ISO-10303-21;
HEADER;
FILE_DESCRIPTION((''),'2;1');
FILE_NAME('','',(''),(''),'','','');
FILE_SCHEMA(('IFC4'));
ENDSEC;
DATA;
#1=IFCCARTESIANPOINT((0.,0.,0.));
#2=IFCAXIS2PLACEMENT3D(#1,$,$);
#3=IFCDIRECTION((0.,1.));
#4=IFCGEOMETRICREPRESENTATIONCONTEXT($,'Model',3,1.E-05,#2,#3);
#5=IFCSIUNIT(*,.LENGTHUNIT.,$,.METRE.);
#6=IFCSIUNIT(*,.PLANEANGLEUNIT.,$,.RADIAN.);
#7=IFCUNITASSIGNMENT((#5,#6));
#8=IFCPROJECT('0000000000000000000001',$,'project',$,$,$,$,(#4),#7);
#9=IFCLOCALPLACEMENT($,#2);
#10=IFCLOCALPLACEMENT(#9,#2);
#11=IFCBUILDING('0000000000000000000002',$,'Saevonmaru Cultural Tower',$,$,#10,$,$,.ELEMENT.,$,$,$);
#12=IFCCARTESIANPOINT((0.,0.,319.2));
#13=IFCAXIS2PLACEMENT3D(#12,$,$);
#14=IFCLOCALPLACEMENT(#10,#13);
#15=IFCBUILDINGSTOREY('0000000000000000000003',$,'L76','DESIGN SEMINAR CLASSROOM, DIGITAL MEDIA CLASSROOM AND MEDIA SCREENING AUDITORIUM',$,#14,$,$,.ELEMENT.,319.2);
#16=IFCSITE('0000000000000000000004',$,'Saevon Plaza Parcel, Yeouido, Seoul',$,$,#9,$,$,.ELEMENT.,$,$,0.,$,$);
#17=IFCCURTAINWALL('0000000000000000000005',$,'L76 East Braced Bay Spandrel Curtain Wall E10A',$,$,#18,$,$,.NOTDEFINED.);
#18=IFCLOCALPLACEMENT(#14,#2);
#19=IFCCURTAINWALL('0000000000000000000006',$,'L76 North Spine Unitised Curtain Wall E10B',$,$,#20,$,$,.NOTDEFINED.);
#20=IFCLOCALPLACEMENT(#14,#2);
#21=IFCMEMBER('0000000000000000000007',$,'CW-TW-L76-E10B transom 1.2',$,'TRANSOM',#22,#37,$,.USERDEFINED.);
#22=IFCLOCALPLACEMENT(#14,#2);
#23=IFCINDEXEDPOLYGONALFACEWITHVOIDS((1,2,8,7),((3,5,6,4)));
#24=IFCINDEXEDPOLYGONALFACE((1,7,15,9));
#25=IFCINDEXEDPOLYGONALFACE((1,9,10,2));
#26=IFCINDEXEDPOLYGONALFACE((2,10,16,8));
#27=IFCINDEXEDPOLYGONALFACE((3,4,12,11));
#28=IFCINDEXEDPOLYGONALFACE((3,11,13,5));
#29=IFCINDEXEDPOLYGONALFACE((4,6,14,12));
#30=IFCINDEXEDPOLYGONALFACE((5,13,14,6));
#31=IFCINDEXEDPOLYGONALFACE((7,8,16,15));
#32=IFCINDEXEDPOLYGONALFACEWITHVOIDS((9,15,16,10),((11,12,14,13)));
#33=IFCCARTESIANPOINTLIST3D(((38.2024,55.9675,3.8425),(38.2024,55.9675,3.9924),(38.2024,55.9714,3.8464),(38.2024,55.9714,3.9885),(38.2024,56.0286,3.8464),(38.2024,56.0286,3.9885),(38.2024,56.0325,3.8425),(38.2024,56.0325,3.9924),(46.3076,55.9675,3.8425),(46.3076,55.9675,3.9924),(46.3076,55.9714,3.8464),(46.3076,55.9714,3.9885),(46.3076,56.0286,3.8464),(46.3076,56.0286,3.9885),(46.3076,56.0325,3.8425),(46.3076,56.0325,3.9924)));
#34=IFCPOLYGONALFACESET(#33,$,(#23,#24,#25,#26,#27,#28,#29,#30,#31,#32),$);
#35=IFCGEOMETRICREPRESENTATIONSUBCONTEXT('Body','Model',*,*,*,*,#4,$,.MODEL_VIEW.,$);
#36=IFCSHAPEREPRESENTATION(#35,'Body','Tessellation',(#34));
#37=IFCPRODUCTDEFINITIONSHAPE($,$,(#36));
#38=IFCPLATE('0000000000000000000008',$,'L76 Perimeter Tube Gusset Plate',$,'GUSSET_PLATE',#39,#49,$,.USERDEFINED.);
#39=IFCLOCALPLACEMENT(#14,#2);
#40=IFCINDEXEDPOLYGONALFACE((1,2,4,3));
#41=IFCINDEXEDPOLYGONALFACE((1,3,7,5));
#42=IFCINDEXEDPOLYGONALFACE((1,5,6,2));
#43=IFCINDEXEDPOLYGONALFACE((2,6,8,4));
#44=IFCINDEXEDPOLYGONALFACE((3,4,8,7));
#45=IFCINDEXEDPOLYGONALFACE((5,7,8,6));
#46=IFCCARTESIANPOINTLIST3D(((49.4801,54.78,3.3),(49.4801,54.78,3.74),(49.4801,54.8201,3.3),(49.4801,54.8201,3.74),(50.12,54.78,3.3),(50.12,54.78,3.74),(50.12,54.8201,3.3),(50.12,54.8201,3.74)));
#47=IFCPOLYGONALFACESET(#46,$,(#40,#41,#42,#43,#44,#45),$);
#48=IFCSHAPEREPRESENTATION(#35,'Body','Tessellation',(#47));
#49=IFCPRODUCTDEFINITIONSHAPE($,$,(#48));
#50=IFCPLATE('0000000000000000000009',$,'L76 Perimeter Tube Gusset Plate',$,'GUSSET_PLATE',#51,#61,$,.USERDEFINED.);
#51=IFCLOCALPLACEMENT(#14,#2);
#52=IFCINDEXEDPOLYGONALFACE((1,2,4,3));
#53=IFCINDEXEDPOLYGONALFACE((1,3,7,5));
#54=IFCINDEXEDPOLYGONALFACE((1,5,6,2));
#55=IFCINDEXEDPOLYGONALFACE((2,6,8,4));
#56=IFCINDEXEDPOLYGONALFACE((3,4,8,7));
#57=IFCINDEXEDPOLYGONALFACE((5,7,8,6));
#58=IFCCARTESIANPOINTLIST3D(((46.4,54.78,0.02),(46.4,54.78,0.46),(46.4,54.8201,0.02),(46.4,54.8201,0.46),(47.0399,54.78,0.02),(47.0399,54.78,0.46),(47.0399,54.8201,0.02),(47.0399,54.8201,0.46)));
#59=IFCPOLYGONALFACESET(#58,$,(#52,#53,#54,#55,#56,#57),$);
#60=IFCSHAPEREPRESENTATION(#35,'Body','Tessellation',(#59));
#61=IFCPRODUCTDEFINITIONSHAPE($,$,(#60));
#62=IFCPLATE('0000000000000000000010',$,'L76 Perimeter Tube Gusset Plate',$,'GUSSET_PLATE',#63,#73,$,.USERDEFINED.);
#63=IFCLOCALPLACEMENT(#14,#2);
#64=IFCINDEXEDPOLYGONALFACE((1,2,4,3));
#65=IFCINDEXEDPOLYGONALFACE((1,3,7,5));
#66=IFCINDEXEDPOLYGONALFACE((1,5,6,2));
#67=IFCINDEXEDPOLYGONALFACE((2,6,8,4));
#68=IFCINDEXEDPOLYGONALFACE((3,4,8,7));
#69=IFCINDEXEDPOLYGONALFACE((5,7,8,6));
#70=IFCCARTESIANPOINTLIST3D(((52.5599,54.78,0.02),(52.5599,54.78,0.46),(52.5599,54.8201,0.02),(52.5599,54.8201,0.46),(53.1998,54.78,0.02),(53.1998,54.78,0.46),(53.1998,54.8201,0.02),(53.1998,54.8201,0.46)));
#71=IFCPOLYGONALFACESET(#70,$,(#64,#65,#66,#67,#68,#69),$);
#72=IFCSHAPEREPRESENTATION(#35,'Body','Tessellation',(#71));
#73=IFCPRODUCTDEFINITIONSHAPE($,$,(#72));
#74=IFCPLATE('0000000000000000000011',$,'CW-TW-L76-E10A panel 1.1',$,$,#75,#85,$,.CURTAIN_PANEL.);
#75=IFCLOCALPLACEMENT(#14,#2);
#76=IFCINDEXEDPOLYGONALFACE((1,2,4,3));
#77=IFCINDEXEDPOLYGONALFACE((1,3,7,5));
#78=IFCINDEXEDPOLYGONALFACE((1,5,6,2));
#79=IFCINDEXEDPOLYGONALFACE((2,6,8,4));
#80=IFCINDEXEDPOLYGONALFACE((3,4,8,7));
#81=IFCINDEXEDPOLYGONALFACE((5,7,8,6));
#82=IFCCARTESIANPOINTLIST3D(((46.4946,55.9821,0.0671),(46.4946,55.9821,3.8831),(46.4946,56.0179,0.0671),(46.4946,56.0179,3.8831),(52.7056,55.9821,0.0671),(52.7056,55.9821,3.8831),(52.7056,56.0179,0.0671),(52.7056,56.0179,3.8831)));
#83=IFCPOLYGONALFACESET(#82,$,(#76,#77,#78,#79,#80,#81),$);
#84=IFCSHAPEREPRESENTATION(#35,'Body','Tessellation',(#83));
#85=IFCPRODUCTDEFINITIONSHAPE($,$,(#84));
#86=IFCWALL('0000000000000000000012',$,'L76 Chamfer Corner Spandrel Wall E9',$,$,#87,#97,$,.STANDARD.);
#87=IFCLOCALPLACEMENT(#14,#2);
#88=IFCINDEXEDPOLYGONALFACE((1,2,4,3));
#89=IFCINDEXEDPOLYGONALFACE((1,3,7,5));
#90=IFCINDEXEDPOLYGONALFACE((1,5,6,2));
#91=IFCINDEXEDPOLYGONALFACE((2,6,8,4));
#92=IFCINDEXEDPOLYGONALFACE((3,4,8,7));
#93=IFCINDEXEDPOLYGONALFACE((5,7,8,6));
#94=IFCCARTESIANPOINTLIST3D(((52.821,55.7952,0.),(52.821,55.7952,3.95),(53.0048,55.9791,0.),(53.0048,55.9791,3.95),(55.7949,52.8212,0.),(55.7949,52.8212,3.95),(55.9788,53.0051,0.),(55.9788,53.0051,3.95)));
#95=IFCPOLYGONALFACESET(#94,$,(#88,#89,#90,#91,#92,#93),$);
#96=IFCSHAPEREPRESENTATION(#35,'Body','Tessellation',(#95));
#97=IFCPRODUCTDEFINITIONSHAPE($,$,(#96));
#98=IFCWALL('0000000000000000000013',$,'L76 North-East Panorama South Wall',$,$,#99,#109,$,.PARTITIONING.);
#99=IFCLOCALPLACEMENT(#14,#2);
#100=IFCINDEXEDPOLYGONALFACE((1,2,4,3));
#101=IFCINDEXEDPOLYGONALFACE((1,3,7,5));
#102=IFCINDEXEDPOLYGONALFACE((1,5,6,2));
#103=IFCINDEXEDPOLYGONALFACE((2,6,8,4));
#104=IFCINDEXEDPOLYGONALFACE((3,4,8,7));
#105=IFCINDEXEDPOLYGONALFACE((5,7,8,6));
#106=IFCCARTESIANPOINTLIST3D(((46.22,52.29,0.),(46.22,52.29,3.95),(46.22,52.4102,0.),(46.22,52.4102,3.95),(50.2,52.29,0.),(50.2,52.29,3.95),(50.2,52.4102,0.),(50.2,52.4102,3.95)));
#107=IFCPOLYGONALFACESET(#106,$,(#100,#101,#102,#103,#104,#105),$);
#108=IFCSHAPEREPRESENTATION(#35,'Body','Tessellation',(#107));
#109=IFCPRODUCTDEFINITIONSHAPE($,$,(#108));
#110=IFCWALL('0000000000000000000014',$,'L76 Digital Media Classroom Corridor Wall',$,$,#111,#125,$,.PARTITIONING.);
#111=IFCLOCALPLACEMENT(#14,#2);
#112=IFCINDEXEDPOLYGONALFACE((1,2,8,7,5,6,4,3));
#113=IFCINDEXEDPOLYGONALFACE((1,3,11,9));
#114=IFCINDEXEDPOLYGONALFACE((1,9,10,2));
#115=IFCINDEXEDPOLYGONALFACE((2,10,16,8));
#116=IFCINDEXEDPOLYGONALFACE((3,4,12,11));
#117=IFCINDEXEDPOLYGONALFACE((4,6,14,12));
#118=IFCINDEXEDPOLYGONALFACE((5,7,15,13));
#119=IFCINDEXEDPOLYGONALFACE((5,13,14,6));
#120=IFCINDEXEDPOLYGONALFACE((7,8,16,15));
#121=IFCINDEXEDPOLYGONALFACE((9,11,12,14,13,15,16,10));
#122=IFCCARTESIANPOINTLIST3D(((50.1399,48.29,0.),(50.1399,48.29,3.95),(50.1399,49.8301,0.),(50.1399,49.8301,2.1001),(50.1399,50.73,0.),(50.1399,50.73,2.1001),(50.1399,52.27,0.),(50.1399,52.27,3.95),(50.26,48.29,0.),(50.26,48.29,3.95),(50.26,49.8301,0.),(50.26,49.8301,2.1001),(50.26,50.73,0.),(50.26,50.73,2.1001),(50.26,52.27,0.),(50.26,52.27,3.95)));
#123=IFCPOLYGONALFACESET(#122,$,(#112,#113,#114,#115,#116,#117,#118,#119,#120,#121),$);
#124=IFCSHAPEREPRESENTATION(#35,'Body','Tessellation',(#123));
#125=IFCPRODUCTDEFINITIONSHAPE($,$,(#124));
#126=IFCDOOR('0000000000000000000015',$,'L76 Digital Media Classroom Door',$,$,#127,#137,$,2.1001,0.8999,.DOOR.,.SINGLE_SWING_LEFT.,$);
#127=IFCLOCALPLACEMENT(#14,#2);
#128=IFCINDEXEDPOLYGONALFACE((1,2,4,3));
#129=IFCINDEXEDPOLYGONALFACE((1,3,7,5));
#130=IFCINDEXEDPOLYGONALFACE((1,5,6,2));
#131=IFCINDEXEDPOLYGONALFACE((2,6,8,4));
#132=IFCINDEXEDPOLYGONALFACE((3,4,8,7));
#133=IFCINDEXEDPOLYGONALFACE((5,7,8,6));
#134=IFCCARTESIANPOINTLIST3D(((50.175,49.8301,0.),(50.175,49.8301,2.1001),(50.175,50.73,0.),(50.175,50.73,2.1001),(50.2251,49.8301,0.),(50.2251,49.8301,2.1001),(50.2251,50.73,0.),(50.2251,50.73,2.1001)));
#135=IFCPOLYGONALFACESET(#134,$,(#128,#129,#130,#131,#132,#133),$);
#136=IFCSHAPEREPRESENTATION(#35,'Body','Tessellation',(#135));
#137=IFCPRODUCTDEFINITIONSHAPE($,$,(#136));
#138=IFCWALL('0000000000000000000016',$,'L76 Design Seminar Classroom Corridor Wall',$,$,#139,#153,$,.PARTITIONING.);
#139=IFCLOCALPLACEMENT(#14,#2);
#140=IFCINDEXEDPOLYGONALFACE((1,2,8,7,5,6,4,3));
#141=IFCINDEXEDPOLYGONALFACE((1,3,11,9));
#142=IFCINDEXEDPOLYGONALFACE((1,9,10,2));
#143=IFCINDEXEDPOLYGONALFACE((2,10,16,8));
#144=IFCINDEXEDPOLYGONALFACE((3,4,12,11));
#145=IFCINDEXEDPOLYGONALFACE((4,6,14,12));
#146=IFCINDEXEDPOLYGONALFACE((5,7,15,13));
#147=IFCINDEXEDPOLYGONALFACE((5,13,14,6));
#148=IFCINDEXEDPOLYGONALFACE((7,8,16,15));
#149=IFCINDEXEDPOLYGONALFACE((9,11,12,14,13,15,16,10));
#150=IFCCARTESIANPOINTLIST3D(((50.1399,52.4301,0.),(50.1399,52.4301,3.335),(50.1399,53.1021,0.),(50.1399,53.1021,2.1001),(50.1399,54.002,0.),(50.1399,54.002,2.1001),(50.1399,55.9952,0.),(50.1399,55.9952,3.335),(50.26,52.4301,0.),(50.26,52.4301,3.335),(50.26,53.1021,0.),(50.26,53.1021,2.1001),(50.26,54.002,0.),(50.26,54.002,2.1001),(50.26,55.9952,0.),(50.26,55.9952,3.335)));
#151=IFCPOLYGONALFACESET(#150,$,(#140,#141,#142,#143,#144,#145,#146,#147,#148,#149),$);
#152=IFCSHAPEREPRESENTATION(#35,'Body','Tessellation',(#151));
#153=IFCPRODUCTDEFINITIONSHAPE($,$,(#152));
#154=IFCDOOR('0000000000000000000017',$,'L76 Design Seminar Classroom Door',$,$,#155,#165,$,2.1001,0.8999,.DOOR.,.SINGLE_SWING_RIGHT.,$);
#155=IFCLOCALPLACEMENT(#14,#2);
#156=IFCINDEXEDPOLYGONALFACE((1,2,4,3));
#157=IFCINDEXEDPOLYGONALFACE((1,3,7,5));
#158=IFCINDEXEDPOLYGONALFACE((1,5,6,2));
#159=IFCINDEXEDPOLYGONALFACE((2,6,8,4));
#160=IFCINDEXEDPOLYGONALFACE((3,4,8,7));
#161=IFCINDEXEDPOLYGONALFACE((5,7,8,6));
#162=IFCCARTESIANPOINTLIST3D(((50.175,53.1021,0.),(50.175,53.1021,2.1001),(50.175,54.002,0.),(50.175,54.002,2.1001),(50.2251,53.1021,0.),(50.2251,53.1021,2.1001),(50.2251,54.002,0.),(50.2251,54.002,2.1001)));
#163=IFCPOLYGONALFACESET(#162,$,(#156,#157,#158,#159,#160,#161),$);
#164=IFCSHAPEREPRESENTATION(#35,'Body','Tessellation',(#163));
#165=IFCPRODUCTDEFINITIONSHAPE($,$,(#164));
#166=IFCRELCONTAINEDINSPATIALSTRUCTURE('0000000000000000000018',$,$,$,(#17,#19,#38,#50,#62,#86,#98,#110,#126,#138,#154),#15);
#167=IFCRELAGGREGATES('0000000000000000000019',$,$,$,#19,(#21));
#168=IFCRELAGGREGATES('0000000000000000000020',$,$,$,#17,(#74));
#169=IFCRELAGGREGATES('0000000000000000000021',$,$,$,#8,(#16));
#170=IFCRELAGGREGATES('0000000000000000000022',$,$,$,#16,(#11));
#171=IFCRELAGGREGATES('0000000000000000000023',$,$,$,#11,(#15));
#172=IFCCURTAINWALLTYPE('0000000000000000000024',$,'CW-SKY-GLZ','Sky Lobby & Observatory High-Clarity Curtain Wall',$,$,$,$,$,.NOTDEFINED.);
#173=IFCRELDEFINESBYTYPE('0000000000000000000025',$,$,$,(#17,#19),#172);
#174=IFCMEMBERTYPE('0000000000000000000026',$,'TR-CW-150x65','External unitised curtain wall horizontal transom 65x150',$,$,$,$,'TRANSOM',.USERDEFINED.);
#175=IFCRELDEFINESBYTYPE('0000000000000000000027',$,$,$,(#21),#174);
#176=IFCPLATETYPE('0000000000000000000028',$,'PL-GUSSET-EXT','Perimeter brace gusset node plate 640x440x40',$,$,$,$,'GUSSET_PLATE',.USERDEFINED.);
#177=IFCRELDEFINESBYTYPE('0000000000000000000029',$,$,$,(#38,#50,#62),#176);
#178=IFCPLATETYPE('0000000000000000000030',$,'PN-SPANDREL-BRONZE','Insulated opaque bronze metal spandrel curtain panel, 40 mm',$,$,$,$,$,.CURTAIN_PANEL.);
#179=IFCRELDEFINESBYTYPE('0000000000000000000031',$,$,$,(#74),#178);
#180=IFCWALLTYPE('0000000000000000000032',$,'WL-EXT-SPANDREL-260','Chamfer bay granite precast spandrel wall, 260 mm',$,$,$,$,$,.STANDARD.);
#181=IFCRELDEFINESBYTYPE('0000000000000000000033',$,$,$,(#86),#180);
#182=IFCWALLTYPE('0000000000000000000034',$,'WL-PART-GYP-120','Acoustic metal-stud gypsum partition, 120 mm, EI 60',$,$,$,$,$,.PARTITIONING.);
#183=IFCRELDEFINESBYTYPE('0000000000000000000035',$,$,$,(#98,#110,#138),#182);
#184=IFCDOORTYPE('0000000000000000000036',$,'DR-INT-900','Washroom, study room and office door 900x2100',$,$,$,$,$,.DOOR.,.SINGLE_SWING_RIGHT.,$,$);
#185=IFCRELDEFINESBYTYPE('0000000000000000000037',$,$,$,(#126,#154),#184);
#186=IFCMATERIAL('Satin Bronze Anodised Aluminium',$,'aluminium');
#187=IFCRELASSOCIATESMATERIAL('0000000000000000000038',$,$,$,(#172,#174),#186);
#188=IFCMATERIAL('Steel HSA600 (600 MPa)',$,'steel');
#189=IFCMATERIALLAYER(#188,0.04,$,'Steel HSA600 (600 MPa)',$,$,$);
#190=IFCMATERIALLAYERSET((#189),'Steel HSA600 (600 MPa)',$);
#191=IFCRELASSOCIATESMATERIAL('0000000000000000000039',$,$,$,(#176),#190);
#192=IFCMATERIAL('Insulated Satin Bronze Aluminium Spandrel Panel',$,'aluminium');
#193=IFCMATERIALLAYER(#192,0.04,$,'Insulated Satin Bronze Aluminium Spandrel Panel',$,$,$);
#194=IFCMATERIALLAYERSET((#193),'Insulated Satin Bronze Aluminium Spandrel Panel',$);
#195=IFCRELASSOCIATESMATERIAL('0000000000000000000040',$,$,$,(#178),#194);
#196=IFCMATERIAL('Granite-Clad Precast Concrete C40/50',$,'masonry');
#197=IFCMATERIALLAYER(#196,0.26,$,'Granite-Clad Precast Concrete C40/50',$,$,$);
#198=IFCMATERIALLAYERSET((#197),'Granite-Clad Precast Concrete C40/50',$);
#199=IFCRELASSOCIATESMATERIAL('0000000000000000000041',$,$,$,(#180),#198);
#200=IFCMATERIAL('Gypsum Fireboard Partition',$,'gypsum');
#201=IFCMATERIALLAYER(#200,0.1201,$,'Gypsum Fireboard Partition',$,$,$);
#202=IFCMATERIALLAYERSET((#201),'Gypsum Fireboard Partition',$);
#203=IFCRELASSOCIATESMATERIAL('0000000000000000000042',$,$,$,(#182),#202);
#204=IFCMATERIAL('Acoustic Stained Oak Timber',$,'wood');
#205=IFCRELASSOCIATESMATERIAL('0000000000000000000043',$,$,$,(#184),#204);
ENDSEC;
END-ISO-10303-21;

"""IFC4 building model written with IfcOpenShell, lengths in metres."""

from ifc_helpers import new_model, si_unit, direction, frame, frame_2d, origin, origin_2d, place, context, subcontext, project, spatial, rectangle, hollow_rectangle, extrude, material, layer, layer_set, material_profile, profile_set, type_object, element, fill, aggregate, save


model = new_model("IFC4")

# Units and contexts
model_context = context("Model", 3, precision=1e-05, world=origin(), true_north=direction((0.0, 1.0)))
body_context = subcontext(model_context, "Body", "Model", "MODEL_VIEW")
ifc_project = project(units=[si_unit("LENGTHUNIT", "METRE"), si_unit("PLANEANGLEUNIT", "RADIAN")], contexts=[model_context])

# Site, building, storey
site_placement = place(None, origin())
site = spatial("IfcSite", under=ifc_project, at=site_placement, Name="Saevon Plaza Parcel, Yeouido, Seoul", CompositionType="ELEMENT", RefElevation=0.0)
building_placement = place(site_placement, origin())
building = spatial("IfcBuilding", under=site, at=building_placement, Name="Saevonmaru Cultural Tower", CompositionType="ELEMENT")
storey_placement = place(building_placement, frame((0.0, 0.0, 319.2)))
storey = spatial("IfcBuildingStorey", under=building, at=storey_placement, Name="L76", Description="DESIGN SEMINAR CLASSROOM, DIGITAL MEDIA CLASSROOM AND MEDIA SCREENING AUDITORIUM", CompositionType="ELEMENT", Elevation=319.2)

# Shared definitions
ifc_material_1 = material(Name="Satin Bronze Anodised Aluminium", Category="aluminium")
curtain_wall_type = type_object("IfcCurtainWallType", Name="CW-SKY-GLZ", Description="Sky Lobby & Observatory High-Clarity Curtain Wall", PredefinedType="NOTDEFINED", material=ifc_material_1)

# Curtain wall
curtain_wall_1_placement = place(storey_placement, origin())
curtain_wall_1 = element("IfcCurtainWall", 1, at=curtain_wall_1_placement, inside=storey, type_object=curtain_wall_type, Name="L76 East Braced Bay Spandrel Curtain Wall E10A", PredefinedType="NOTDEFINED")

# Curtain wall
curtain_wall_2_placement = place(storey_placement, origin())
curtain_wall_2 = element("IfcCurtainWall", 2, at=curtain_wall_2_placement, inside=storey, type_object=curtain_wall_type, Name="L76 North Spine Unitised Curtain Wall E10B", PredefinedType="NOTDEFINED")

# Member
ifc_material_profile_1 = material_profile(ifc_material_1, hollow_rectangle(XDim=0.0649, YDim=0.1499, WallThickness=0.0039, at=origin_2d()), Name="ALU-TRAN-150x65x4")
ifc_profile_set_1 = profile_set([ifc_material_profile_1], Name="Satin Bronze Anodised Aluminium")
member_type_1 = type_object("IfcMemberType", Name="TR-CW-150x65", Description="External unitised curtain wall horizontal transom 65x150", ElementType="TRANSOM", PredefinedType="USERDEFINED", material=ifc_profile_set_1)
member_1_placement = place(storey_placement, frame((46.3076, 56.0, 3.9175), z_axis=(-1.0, 0.0, 0.0), x_axis=(0.0, -1.0, 0.0)))
member_1 = element("IfcMember", 3, at=member_1_placement, type_object=member_type_1, Name="CW-TW-L76-E10B transom 1.2", ObjectType="TRANSOM", PredefinedType="USERDEFINED", context=body_context, shape_type="SweptSolid", body=[
    extrude(hollow_rectangle(XDim=0.0649, YDim=0.1499, WallThickness=0.0039, at=origin_2d()), origin(), (0.0, 0.0, 1.0), 8.1052),
])
aggregate(curtain_wall_2, [member_1])

# Plates
ifc_material_2 = material(Name="Steel HSA600 (600 MPa)", Category="steel")
ifc_layer_1 = layer(ifc_material_2, 0.04, Name="Steel HSA600 (600 MPa)")
ifc_layer_set_1 = layer_set([ifc_layer_1], Name="Steel HSA600 (600 MPa)")
plate_type_1 = type_object("IfcPlateType", Name="PL-GUSSET-EXT", Description="Perimeter brace gusset node plate 640x440x40", ElementType="GUSSET_PLATE", PredefinedType="USERDEFINED", material=ifc_layer_set_1)
for number, where, z_axis, x_axis, name in (
    (4, (49.8, 54.8, 3.3), (0.0, 0.0, 1.0), (1.0, 0.0, 0.0), "L76 Perimeter Tube Gusset Plate"),
    (5, (46.72, 54.8, 0.02), (0.0, 0.0, 1.0), (1.0, 0.0, 0.0), "L76 Perimeter Tube Gusset Plate"),
    (6, (52.8799, 54.8, 0.02), (0.0, 0.0, 1.0), (1.0, 0.0, 0.0), "L76 Perimeter Tube Gusset Plate"),
):
    element("IfcPlate", number, at=place(storey_placement, frame(where, z_axis=z_axis, x_axis=x_axis)), inside=storey, type_object=plate_type_1, Name=name, ObjectType="GUSSET_PLATE", PredefinedType="USERDEFINED", context=body_context, shape_type="SweptSolid", body=[
        extrude(rectangle(XDim=0.6399, YDim=0.04, at=origin_2d()), origin(), (0.0, 0.0, 1.0), 0.4399),
    ])

# Plate
ifc_material_3 = material(Name="Insulated Satin Bronze Aluminium Spandrel Panel", Category="aluminium")
ifc_layer_2 = layer(ifc_material_3, 0.04, Name="Insulated Satin Bronze Aluminium Spandrel Panel")
ifc_layer_set_2 = layer_set([ifc_layer_2], Name="Insulated Satin Bronze Aluminium Spandrel Panel")
plate_type_2 = type_object("IfcPlateType", Name="PN-SPANDREL-BRONZE", Description="Insulated opaque bronze metal spandrel curtain panel, 40 mm", PredefinedType="CURTAIN_PANEL", material=ifc_layer_set_2)
plate_placement = place(storey_placement, frame((49.6001, 56.0, 0.0671), z_axis=(0.0, 0.0, 1.0), x_axis=(-1.0, 0.0, 0.0)))
plate = element("IfcPlate", 7, at=plate_placement, type_object=plate_type_2, Name="CW-TW-L76-E10A panel 1.1", PredefinedType="CURTAIN_PANEL", context=body_context, shape_type="SweptSolid", body=[
    extrude(rectangle(XDim=6.2109, YDim=0.0359, at=origin_2d()), origin(), (0.0, 0.0, 1.0), 3.8159),
])
aggregate(curtain_wall_1, [plate])

# Walls
ifc_material_4 = material(Name="Granite-Clad Precast Concrete C40/50", Category="masonry")
ifc_layer_3 = layer(ifc_material_4, 0.26, Name="Granite-Clad Precast Concrete C40/50")
ifc_layer_set_3 = layer_set([ifc_layer_3], Name="Granite-Clad Precast Concrete C40/50")
wall_type_1 = type_object("IfcWallType", Name="WL-EXT-SPANDREL-260", Description="Chamfer bay granite precast spandrel wall, 260 mm", PredefinedType="STANDARD", material=ifc_layer_set_3)
wall_1_placement = place(storey_placement, frame((55.887, 52.9131, 0.0), z_axis=(0.0, 0.0, 1.0), x_axis=(-0.707107, 0.707107, 0.0)))
element("IfcWall", 8, at=wall_1_placement, inside=storey, type_object=wall_type_1, Name="L76 Chamfer Corner Spandrel Wall E9", PredefinedType="STANDARD", context=body_context, shape_type="SweptSolid", body=[
    extrude(rectangle(XDim=4.2058, YDim=0.26, at=frame_2d((2.103, 0.0))), origin(), (0.0, 0.0, 1.0), 3.95),
])
ifc_material_5 = material(Name="Gypsum Fireboard Partition", Category="gypsum")
ifc_layer_4 = layer(ifc_material_5, 0.1201, Name="Gypsum Fireboard Partition")
ifc_layer_set_4 = layer_set([ifc_layer_4], Name="Gypsum Fireboard Partition")
wall_type_2 = type_object("IfcWallType", Name="WL-PART-GYP-120", Description="Acoustic metal-stud gypsum partition, 120 mm, EI 60", PredefinedType="PARTITIONING", material=ifc_layer_set_4)
wall_2_placement = place(storey_placement, frame((46.22, 52.3501, 0.0), z_axis=(0.0, 0.0, 1.0), x_axis=(1.0, 0.0, 0.0)))
element("IfcWall", 9, at=wall_2_placement, inside=storey, type_object=wall_type_2, Name="L76 North-East Panorama South Wall", PredefinedType="PARTITIONING", context=body_context, shape_type="SweptSolid", body=[
    extrude(rectangle(XDim=3.98, YDim=0.1201, at=frame_2d((1.99, 0.0))), origin(), (0.0, 0.0, 1.0), 3.95),
])

# Walls, openings, doors
wall_3_placement = place(storey_placement, frame((50.2, 48.29, 0.0), z_axis=(0.0, 0.0, 1.0), x_axis=(0.0, 1.0, 0.0)))
wall_3 = element("IfcWall", 10, at=wall_3_placement, inside=storey, type_object=wall_type_2, Name="L76 Digital Media Classroom Corridor Wall", PredefinedType="PARTITIONING", context=body_context, shape_type="SweptSolid", body=[
    extrude(rectangle(XDim=3.98, YDim=0.1201, at=frame_2d((1.99, 0.0))), origin(), (0.0, 0.0, 1.0), 3.95),
])
opening_1_placement = place(wall_3_placement, frame((1.54, 0.0, 0.0)))
opening_1 = element("IfcOpeningElement", 11, at=opening_1_placement, cuts=wall_3, PredefinedType="OPENING", context=body_context, shape_type="SweptSolid", body=[
    extrude(rectangle(XDim=0.8999, YDim=2.1001, at=frame_2d((0.45, 1.05))), frame((0.0, 0.0701, 0.0), z_axis=(0.0, -1.0, 0.0), x_axis=(1.0, 0.0, 0.0)), (0.0, 0.0, 1.0), 0.1401),
])
ifc_material_6 = material(Name="Acoustic Stained Oak Timber", Category="wood")
door_type_1 = type_object("IfcDoorType", Name="DR-INT-900", Description="Washroom, study room and office door 900x2100", OperationType="SINGLE_SWING_RIGHT", PredefinedType="DOOR", material=ifc_material_6)
door_1_placement = place(opening_1_placement, origin())
door_1 = element("IfcDoor", 12, at=door_1_placement, inside=storey, type_object=door_type_1, Name="L76 Digital Media Classroom Door", OperationType="SINGLE_SWING_LEFT", OverallHeight=2.1001, OverallWidth=0.8999, PredefinedType="DOOR", context=body_context, shape_type="SweptSolid", body=[
    extrude(rectangle(XDim=0.8999, YDim=2.1001, at=frame_2d((0.45, 1.05))), frame((0.0, 0.0249, 0.0), z_axis=(0.0, -1.0, 0.0), x_axis=(1.0, 0.0, 0.0)), (0.0, 0.0, 1.0), 0.05),
])
fill(opening_1, door_1)
wall_4_placement = place(storey_placement, frame((50.2, 52.4299, 0.0), z_axis=(0.0, 0.0, 1.0), x_axis=(0.0, 1.0, 0.0)))
wall_4 = element("IfcWall", 13, at=wall_4_placement, inside=storey, type_object=wall_type_2, Name="L76 Design Seminar Classroom Corridor Wall", PredefinedType="PARTITIONING", context=body_context, shape_type="SweptSolid", body=[
    extrude(rectangle(XDim=3.5652, YDim=0.1201, at=frame_2d((1.7827, 0.0))), origin(), (0.0, 0.0, 1.0), 3.335),
])
opening_2_placement = place(wall_4_placement, frame((0.6721, 0.0, 0.0)))
opening_2 = element("IfcOpeningElement", 14, at=opening_2_placement, cuts=wall_4, PredefinedType="OPENING", context=body_context, shape_type="SweptSolid", body=[
    extrude(rectangle(XDim=0.8999, YDim=2.1001, at=frame_2d((0.45, 1.05))), frame((0.0, 0.0701, 0.0), z_axis=(0.0, -1.0, 0.0), x_axis=(1.0, 0.0, 0.0)), (0.0, 0.0, 1.0), 0.1401),
])
door_2_placement = place(opening_2_placement, origin())
door_2 = element("IfcDoor", 15, at=door_2_placement, inside=storey, type_object=door_type_1, Name="L76 Design Seminar Classroom Door", OperationType="SINGLE_SWING_RIGHT", OverallHeight=2.1001, OverallWidth=0.8999, PredefinedType="DOOR", context=body_context, shape_type="SweptSolid", body=[
    extrude(rectangle(XDim=0.8999, YDim=2.1001, at=frame_2d((0.45, 1.05))), frame((0.0, 0.0249, 0.0), z_axis=(0.0, -1.0, 0.0), x_axis=(1.0, 0.0, 0.0)), (0.0, 0.0, 1.0), 0.05),
])
fill(opening_2, door_2)

save(model, "model.ifc")
